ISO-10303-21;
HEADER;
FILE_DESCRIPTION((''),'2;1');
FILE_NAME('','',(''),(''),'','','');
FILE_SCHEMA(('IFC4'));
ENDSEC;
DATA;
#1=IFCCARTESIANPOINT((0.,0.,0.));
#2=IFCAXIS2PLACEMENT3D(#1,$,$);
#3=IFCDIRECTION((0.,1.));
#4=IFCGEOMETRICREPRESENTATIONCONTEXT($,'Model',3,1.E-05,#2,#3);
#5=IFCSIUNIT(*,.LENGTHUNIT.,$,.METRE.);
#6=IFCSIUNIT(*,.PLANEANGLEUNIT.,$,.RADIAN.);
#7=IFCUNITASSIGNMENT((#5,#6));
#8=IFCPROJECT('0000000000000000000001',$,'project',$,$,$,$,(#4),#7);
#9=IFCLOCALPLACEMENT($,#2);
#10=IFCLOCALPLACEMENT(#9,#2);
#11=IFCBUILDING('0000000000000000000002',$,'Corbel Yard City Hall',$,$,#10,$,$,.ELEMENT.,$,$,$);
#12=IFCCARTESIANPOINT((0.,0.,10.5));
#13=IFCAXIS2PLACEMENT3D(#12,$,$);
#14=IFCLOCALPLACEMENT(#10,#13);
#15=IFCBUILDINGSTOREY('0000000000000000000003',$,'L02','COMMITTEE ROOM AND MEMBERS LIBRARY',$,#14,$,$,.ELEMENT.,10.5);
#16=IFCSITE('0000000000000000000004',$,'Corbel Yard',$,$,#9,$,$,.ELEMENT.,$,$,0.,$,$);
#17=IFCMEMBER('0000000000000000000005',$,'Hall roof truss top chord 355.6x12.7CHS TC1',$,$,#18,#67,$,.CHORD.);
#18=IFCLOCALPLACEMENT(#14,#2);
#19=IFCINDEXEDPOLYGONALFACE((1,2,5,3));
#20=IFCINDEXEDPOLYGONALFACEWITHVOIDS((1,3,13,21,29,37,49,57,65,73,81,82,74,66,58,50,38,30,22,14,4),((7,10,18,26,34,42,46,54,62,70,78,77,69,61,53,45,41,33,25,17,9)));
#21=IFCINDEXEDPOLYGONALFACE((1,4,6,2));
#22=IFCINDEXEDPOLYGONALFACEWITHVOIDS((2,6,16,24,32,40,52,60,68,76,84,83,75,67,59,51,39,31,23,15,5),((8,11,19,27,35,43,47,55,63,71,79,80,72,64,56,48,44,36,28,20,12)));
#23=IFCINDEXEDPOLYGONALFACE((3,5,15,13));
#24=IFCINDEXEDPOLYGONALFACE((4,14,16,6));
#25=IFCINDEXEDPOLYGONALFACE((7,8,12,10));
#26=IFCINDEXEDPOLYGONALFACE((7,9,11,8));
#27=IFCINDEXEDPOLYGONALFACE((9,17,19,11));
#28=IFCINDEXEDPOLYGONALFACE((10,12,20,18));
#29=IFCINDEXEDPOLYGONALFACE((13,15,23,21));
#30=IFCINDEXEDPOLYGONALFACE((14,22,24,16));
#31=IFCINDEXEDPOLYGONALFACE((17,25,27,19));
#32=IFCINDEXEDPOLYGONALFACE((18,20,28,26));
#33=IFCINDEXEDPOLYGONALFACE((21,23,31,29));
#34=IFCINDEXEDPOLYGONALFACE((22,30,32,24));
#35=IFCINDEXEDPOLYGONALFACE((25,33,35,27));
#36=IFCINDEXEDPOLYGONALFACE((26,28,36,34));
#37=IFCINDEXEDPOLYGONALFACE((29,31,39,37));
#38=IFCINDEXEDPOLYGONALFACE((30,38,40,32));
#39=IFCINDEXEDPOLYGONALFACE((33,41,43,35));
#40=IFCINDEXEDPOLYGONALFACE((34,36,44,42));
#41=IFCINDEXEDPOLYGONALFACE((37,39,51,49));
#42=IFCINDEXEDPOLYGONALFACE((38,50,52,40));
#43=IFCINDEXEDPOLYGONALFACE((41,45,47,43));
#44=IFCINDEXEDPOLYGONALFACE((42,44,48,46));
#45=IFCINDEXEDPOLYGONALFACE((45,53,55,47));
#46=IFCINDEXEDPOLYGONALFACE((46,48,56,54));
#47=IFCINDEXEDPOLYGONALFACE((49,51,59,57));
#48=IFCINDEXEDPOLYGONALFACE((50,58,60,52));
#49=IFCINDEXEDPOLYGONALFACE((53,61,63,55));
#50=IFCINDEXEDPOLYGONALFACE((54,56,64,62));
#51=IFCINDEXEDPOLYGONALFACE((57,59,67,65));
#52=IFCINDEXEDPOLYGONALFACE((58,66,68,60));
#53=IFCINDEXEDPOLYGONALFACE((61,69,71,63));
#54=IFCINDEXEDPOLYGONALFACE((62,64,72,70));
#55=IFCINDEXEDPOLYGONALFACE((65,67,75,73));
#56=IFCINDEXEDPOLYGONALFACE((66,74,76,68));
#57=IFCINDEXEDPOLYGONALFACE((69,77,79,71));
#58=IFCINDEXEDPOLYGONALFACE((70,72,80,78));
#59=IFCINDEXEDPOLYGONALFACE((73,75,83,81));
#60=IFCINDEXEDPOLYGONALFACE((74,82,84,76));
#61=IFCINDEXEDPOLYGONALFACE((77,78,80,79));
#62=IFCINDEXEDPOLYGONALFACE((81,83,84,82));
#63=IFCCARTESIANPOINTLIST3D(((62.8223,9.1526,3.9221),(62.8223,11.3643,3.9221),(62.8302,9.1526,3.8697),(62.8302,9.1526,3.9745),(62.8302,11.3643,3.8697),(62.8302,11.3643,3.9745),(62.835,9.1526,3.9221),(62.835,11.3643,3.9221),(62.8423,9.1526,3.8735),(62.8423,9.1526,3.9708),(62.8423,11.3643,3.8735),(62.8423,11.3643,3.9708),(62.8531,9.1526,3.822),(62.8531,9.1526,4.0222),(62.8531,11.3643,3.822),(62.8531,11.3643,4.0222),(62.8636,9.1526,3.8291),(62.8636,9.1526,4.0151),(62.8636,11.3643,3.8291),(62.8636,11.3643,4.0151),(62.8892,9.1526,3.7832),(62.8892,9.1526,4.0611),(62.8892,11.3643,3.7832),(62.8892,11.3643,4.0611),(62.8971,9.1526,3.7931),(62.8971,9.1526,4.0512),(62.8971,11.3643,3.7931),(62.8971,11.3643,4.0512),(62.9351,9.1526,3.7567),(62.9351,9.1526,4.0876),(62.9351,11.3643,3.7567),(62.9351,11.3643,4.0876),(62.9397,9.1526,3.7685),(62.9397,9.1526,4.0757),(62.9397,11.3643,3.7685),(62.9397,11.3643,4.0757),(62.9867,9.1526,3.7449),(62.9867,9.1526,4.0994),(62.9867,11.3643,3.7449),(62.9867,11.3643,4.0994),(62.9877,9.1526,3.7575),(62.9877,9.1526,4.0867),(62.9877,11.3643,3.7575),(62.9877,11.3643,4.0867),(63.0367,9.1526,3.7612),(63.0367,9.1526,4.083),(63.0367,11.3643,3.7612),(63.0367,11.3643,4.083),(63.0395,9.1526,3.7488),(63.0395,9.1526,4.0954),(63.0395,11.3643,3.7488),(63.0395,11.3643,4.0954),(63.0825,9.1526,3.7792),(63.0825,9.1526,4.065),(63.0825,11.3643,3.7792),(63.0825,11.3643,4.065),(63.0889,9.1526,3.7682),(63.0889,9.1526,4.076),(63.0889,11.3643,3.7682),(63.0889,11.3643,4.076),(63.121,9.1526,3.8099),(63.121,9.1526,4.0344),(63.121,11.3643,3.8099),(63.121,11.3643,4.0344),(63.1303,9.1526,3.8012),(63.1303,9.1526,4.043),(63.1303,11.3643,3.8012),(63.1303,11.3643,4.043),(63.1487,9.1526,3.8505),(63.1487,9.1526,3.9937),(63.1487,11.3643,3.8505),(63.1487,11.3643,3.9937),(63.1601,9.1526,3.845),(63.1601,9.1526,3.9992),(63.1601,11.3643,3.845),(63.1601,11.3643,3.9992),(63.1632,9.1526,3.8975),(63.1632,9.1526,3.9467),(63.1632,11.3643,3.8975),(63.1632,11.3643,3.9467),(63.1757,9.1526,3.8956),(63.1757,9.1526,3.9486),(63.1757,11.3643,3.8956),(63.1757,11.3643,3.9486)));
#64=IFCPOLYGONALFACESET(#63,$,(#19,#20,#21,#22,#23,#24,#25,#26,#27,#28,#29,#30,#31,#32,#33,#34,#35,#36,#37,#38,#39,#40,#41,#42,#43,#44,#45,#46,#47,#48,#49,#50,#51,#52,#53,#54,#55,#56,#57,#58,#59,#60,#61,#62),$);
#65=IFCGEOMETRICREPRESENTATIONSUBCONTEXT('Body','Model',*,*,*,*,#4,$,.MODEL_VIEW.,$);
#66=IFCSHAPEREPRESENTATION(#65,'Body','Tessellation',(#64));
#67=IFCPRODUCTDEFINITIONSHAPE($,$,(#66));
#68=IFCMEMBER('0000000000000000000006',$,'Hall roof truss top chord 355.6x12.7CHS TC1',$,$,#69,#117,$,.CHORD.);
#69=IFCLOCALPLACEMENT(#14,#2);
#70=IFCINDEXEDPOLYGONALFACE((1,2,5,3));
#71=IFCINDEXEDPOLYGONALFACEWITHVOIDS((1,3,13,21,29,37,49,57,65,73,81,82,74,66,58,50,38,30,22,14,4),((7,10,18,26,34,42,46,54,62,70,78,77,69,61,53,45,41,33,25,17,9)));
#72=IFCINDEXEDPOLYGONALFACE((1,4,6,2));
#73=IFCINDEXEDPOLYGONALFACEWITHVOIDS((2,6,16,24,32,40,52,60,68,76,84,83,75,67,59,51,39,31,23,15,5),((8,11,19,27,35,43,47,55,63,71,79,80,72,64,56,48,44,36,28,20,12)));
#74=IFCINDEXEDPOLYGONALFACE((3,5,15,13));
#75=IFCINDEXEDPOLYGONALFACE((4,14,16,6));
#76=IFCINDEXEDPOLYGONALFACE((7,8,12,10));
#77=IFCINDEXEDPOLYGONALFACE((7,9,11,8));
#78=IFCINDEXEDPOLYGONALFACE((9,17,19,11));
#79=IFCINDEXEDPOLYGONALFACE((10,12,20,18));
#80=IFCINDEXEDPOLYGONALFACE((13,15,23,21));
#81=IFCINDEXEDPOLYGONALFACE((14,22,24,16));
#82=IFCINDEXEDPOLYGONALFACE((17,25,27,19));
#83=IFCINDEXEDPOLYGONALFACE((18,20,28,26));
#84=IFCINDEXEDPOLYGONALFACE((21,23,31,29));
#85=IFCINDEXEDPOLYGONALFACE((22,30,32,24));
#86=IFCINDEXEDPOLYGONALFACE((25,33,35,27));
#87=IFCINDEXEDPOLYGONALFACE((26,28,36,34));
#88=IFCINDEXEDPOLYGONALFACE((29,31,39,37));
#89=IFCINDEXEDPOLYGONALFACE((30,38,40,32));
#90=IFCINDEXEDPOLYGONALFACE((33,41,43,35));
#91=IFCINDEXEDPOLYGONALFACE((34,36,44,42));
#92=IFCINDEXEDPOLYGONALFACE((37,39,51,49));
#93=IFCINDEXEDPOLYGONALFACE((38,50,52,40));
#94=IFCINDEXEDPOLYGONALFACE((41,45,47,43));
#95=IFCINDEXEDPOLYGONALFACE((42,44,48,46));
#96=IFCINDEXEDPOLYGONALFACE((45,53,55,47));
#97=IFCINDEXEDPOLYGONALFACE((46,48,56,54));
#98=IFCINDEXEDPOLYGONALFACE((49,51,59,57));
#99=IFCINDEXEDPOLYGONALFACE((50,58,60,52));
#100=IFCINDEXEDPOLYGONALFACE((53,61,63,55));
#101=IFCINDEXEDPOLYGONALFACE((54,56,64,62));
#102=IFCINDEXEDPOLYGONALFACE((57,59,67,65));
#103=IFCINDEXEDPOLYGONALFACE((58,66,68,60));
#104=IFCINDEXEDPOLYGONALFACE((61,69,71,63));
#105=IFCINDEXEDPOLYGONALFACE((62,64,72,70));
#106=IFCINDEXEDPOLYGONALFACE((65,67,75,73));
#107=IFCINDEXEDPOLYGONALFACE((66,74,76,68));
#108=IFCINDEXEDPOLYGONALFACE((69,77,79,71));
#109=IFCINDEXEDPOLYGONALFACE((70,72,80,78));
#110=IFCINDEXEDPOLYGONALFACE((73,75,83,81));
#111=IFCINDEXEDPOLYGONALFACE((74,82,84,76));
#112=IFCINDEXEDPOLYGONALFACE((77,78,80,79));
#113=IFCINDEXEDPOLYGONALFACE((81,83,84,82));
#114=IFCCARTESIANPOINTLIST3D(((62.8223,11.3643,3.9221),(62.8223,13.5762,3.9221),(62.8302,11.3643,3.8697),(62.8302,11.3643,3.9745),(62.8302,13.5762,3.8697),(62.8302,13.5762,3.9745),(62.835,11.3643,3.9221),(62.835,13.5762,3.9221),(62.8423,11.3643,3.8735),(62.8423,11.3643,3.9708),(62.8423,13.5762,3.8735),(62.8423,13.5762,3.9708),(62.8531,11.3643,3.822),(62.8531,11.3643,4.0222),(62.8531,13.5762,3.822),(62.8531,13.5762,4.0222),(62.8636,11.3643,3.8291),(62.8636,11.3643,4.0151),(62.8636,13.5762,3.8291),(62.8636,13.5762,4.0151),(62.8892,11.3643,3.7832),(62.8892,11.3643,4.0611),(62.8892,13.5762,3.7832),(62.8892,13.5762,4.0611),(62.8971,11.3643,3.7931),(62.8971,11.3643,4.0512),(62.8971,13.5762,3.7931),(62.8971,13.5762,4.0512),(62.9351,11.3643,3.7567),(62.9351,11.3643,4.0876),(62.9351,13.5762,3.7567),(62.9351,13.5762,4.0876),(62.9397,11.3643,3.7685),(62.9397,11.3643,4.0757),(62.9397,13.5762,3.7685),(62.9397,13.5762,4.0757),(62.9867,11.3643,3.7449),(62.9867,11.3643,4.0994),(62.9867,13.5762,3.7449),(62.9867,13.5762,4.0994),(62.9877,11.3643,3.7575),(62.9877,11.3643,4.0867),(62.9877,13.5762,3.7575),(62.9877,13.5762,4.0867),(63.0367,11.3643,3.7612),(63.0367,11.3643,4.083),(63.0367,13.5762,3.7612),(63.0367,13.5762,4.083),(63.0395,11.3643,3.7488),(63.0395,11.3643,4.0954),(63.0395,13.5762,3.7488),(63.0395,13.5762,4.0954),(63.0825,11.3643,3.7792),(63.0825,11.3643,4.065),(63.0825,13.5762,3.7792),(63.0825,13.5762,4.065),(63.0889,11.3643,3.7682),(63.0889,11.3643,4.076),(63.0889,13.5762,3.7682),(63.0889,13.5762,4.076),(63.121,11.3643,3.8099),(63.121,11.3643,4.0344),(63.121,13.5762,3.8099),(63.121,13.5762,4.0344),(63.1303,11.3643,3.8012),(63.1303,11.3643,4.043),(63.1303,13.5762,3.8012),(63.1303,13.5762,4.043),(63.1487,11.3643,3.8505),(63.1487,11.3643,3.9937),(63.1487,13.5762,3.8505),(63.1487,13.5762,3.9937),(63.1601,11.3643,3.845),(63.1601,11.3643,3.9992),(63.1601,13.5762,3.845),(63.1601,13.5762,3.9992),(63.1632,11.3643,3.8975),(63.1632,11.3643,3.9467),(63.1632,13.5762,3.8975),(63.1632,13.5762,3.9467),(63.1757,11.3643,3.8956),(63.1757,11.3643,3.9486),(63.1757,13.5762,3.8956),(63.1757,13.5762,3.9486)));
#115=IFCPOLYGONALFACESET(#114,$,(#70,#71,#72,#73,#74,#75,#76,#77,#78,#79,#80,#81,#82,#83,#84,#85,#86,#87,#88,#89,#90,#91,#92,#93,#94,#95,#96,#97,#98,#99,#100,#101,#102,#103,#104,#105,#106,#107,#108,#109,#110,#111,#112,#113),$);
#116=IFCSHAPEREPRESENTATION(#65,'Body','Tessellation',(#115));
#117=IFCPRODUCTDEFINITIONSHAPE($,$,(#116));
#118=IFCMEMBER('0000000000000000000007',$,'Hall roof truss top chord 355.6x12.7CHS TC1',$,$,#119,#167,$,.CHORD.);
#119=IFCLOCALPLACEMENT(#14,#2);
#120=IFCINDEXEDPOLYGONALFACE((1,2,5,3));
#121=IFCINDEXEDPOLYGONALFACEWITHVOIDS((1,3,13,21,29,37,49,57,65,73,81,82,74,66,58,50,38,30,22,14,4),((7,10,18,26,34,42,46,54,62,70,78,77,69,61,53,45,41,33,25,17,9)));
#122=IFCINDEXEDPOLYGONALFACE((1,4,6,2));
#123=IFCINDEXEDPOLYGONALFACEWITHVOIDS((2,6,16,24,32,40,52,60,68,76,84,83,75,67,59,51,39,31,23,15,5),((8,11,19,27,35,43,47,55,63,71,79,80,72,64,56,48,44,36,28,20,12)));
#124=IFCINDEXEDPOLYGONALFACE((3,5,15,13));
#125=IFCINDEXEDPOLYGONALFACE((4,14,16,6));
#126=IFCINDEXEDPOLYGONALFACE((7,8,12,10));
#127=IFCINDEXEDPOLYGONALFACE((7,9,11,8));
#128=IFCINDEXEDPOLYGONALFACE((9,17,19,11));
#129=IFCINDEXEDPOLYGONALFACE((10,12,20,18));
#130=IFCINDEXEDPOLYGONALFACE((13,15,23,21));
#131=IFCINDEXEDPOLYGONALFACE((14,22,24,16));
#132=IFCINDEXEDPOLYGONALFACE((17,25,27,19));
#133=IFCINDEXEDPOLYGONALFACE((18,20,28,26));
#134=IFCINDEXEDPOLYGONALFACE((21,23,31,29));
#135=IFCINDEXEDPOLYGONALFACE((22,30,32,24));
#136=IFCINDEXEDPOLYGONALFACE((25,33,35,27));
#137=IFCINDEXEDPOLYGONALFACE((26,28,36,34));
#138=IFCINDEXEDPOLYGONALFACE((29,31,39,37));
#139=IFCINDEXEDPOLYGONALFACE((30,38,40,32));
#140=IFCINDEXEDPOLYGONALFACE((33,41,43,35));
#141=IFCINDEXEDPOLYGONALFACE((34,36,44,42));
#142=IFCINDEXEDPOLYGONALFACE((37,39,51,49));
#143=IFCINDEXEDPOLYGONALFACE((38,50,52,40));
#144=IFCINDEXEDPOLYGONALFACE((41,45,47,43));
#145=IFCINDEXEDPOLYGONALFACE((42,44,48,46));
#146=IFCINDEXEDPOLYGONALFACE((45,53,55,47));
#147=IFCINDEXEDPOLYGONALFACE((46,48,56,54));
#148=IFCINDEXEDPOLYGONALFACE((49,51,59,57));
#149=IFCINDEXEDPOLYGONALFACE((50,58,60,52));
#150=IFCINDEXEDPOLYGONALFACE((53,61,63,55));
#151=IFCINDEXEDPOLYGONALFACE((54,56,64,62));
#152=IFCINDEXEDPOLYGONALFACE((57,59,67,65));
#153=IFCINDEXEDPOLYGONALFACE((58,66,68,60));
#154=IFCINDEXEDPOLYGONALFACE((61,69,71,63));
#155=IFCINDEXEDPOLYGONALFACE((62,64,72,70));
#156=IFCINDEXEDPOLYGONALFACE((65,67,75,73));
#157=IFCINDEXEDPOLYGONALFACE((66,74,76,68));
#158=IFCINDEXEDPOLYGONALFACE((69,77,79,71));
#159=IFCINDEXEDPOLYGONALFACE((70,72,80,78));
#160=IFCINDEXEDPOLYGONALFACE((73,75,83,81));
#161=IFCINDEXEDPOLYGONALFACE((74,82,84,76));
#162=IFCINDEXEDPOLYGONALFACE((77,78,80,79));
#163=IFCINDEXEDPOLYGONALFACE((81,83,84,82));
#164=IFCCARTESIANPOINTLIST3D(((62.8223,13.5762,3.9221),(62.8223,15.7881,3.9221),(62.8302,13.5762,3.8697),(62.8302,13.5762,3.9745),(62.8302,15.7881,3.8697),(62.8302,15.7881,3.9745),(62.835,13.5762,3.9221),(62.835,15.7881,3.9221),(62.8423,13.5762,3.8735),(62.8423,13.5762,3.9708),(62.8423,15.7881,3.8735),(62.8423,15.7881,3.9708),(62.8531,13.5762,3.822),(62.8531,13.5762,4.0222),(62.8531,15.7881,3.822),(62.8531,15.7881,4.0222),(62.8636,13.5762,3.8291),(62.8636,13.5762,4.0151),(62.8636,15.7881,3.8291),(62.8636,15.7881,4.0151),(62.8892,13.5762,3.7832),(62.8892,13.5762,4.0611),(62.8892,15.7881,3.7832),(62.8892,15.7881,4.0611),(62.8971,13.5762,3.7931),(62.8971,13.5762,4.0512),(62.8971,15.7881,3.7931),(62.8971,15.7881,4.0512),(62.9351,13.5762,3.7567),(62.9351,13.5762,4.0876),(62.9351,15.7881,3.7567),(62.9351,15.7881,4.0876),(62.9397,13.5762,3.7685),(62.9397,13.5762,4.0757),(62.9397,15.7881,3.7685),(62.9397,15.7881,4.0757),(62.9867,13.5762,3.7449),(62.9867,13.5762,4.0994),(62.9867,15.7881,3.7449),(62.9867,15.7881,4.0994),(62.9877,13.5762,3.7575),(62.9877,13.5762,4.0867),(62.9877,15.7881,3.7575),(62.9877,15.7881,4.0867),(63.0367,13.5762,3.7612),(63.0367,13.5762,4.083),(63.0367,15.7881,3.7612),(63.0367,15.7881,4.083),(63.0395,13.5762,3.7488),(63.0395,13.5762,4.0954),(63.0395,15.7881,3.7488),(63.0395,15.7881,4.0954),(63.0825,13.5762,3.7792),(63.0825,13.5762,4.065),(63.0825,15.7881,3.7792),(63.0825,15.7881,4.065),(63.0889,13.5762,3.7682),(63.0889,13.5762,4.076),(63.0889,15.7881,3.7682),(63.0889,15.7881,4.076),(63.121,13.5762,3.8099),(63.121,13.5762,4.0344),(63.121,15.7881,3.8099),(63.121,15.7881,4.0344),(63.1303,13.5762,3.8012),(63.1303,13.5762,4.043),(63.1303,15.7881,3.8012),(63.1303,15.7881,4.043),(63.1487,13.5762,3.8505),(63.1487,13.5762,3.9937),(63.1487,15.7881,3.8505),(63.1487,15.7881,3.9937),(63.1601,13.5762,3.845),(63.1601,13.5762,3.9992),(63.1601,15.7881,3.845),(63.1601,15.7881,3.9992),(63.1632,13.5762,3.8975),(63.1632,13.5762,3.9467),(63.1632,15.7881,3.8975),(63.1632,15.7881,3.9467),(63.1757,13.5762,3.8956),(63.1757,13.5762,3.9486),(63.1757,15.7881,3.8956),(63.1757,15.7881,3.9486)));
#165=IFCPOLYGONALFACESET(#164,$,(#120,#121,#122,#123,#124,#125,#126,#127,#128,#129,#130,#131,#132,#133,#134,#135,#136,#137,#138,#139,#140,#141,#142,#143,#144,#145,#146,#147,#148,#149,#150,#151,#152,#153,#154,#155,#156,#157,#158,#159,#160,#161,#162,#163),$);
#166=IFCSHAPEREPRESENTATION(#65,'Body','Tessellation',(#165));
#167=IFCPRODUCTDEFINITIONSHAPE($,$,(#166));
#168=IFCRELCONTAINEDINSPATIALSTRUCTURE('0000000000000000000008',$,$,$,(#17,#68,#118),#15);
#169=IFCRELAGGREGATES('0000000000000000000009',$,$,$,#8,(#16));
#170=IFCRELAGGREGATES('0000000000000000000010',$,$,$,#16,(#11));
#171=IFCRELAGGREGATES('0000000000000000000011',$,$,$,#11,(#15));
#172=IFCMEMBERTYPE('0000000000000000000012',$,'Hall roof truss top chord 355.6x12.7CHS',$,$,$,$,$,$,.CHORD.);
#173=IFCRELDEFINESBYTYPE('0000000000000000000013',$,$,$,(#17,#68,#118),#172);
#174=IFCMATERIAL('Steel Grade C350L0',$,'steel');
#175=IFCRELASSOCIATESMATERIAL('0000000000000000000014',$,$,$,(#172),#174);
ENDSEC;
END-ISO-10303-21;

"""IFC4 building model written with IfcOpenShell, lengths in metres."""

from ifc_helpers import new_model, si_unit, direction, frame, origin, origin_2d, place, context, subcontext, project, spatial, hollow_circle, extrude, material, material_profile, profile_set, type_object, element, save


model = new_model("IFC4")

# Units and contexts
model_context = context("Model", 3, precision=1e-05, world=origin(), true_north=direction((0.0, 1.0)))
body_context = subcontext(model_context, "Body", "Model", "MODEL_VIEW")
ifc_project = project(units=[si_unit("LENGTHUNIT", "METRE"), si_unit("PLANEANGLEUNIT", "RADIAN")], contexts=[model_context])

# Site, building, storey
site_placement = place(None, origin())
site = spatial("IfcSite", under=ifc_project, at=site_placement, Name="Corbel Yard", CompositionType="ELEMENT", RefElevation=0.0)
building_placement = place(site_placement, origin())
building = spatial("IfcBuilding", under=site, at=building_placement, Name="Corbel Yard City Hall", CompositionType="ELEMENT")
storey_placement = place(building_placement, frame((0.0, 0.0, 10.5)))
storey = spatial("IfcBuildingStorey", under=building, at=storey_placement, Name="L02", Description="COMMITTEE ROOM AND MEMBERS LIBRARY", CompositionType="ELEMENT", Elevation=10.5)

# Members
ifc_material_1 = material(Name="Steel Grade C350L0", Category="steel")
ifc_material_profile_1 = material_profile(ifc_material_1, hollow_circle(Radius=0.1777, WallThickness=0.0127, at=origin_2d()), Name="355.6x12.7CHS")
ifc_profile_set_1 = profile_set([ifc_material_profile_1], Name="Steel Grade C350L0")
member_type_1 = type_object("IfcMemberType", Name="Hall roof truss top chord 355.6x12.7CHS", PredefinedType="CHORD", material=ifc_profile_set_1)
member_1_placement = place(storey_placement, frame((63.0, 9.1526, 3.9221), z_axis=(0.0, 1.0, 0.0), x_axis=(-1.0, 0.0, 0.0)))
element("IfcMember", 1, at=member_1_placement, inside=storey, type_object=member_type_1, Name="Hall roof truss top chord 355.6x12.7CHS TC1", PredefinedType="CHORD", context=body_context, shape_type="SweptSolid", body=[
    extrude(hollow_circle(Radius=0.1777, WallThickness=0.0127, at=origin_2d()), origin(), (0.0, 0.0, 1.0), 2.2117),
])
for number, where, z_axis, x_axis, name in (
    (2, (63.0, 11.3643, 3.9221), (0.0, 1.0, 0.0), (-1.0, 0.0, 0.0), "Hall roof truss top chord 355.6x12.7CHS TC1"),
    (3, (63.0, 13.5762, 3.9221), (0.0, 1.0, 0.0), (-1.0, 0.0, 0.0), "Hall roof truss top chord 355.6x12.7CHS TC1"),
):
    element("IfcMember", number, at=place(storey_placement, frame(where, z_axis=z_axis, x_axis=x_axis)), inside=storey, type_object=member_type_1, Name=name, PredefinedType="CHORD", context=body_context, shape_type="SweptSolid", body=[
        extrude(hollow_circle(Radius=0.1777, WallThickness=0.0127, at=origin_2d()), origin(), (0.0, 0.0, 1.0), 2.2119),
    ])

save(model, "model.ifc")
